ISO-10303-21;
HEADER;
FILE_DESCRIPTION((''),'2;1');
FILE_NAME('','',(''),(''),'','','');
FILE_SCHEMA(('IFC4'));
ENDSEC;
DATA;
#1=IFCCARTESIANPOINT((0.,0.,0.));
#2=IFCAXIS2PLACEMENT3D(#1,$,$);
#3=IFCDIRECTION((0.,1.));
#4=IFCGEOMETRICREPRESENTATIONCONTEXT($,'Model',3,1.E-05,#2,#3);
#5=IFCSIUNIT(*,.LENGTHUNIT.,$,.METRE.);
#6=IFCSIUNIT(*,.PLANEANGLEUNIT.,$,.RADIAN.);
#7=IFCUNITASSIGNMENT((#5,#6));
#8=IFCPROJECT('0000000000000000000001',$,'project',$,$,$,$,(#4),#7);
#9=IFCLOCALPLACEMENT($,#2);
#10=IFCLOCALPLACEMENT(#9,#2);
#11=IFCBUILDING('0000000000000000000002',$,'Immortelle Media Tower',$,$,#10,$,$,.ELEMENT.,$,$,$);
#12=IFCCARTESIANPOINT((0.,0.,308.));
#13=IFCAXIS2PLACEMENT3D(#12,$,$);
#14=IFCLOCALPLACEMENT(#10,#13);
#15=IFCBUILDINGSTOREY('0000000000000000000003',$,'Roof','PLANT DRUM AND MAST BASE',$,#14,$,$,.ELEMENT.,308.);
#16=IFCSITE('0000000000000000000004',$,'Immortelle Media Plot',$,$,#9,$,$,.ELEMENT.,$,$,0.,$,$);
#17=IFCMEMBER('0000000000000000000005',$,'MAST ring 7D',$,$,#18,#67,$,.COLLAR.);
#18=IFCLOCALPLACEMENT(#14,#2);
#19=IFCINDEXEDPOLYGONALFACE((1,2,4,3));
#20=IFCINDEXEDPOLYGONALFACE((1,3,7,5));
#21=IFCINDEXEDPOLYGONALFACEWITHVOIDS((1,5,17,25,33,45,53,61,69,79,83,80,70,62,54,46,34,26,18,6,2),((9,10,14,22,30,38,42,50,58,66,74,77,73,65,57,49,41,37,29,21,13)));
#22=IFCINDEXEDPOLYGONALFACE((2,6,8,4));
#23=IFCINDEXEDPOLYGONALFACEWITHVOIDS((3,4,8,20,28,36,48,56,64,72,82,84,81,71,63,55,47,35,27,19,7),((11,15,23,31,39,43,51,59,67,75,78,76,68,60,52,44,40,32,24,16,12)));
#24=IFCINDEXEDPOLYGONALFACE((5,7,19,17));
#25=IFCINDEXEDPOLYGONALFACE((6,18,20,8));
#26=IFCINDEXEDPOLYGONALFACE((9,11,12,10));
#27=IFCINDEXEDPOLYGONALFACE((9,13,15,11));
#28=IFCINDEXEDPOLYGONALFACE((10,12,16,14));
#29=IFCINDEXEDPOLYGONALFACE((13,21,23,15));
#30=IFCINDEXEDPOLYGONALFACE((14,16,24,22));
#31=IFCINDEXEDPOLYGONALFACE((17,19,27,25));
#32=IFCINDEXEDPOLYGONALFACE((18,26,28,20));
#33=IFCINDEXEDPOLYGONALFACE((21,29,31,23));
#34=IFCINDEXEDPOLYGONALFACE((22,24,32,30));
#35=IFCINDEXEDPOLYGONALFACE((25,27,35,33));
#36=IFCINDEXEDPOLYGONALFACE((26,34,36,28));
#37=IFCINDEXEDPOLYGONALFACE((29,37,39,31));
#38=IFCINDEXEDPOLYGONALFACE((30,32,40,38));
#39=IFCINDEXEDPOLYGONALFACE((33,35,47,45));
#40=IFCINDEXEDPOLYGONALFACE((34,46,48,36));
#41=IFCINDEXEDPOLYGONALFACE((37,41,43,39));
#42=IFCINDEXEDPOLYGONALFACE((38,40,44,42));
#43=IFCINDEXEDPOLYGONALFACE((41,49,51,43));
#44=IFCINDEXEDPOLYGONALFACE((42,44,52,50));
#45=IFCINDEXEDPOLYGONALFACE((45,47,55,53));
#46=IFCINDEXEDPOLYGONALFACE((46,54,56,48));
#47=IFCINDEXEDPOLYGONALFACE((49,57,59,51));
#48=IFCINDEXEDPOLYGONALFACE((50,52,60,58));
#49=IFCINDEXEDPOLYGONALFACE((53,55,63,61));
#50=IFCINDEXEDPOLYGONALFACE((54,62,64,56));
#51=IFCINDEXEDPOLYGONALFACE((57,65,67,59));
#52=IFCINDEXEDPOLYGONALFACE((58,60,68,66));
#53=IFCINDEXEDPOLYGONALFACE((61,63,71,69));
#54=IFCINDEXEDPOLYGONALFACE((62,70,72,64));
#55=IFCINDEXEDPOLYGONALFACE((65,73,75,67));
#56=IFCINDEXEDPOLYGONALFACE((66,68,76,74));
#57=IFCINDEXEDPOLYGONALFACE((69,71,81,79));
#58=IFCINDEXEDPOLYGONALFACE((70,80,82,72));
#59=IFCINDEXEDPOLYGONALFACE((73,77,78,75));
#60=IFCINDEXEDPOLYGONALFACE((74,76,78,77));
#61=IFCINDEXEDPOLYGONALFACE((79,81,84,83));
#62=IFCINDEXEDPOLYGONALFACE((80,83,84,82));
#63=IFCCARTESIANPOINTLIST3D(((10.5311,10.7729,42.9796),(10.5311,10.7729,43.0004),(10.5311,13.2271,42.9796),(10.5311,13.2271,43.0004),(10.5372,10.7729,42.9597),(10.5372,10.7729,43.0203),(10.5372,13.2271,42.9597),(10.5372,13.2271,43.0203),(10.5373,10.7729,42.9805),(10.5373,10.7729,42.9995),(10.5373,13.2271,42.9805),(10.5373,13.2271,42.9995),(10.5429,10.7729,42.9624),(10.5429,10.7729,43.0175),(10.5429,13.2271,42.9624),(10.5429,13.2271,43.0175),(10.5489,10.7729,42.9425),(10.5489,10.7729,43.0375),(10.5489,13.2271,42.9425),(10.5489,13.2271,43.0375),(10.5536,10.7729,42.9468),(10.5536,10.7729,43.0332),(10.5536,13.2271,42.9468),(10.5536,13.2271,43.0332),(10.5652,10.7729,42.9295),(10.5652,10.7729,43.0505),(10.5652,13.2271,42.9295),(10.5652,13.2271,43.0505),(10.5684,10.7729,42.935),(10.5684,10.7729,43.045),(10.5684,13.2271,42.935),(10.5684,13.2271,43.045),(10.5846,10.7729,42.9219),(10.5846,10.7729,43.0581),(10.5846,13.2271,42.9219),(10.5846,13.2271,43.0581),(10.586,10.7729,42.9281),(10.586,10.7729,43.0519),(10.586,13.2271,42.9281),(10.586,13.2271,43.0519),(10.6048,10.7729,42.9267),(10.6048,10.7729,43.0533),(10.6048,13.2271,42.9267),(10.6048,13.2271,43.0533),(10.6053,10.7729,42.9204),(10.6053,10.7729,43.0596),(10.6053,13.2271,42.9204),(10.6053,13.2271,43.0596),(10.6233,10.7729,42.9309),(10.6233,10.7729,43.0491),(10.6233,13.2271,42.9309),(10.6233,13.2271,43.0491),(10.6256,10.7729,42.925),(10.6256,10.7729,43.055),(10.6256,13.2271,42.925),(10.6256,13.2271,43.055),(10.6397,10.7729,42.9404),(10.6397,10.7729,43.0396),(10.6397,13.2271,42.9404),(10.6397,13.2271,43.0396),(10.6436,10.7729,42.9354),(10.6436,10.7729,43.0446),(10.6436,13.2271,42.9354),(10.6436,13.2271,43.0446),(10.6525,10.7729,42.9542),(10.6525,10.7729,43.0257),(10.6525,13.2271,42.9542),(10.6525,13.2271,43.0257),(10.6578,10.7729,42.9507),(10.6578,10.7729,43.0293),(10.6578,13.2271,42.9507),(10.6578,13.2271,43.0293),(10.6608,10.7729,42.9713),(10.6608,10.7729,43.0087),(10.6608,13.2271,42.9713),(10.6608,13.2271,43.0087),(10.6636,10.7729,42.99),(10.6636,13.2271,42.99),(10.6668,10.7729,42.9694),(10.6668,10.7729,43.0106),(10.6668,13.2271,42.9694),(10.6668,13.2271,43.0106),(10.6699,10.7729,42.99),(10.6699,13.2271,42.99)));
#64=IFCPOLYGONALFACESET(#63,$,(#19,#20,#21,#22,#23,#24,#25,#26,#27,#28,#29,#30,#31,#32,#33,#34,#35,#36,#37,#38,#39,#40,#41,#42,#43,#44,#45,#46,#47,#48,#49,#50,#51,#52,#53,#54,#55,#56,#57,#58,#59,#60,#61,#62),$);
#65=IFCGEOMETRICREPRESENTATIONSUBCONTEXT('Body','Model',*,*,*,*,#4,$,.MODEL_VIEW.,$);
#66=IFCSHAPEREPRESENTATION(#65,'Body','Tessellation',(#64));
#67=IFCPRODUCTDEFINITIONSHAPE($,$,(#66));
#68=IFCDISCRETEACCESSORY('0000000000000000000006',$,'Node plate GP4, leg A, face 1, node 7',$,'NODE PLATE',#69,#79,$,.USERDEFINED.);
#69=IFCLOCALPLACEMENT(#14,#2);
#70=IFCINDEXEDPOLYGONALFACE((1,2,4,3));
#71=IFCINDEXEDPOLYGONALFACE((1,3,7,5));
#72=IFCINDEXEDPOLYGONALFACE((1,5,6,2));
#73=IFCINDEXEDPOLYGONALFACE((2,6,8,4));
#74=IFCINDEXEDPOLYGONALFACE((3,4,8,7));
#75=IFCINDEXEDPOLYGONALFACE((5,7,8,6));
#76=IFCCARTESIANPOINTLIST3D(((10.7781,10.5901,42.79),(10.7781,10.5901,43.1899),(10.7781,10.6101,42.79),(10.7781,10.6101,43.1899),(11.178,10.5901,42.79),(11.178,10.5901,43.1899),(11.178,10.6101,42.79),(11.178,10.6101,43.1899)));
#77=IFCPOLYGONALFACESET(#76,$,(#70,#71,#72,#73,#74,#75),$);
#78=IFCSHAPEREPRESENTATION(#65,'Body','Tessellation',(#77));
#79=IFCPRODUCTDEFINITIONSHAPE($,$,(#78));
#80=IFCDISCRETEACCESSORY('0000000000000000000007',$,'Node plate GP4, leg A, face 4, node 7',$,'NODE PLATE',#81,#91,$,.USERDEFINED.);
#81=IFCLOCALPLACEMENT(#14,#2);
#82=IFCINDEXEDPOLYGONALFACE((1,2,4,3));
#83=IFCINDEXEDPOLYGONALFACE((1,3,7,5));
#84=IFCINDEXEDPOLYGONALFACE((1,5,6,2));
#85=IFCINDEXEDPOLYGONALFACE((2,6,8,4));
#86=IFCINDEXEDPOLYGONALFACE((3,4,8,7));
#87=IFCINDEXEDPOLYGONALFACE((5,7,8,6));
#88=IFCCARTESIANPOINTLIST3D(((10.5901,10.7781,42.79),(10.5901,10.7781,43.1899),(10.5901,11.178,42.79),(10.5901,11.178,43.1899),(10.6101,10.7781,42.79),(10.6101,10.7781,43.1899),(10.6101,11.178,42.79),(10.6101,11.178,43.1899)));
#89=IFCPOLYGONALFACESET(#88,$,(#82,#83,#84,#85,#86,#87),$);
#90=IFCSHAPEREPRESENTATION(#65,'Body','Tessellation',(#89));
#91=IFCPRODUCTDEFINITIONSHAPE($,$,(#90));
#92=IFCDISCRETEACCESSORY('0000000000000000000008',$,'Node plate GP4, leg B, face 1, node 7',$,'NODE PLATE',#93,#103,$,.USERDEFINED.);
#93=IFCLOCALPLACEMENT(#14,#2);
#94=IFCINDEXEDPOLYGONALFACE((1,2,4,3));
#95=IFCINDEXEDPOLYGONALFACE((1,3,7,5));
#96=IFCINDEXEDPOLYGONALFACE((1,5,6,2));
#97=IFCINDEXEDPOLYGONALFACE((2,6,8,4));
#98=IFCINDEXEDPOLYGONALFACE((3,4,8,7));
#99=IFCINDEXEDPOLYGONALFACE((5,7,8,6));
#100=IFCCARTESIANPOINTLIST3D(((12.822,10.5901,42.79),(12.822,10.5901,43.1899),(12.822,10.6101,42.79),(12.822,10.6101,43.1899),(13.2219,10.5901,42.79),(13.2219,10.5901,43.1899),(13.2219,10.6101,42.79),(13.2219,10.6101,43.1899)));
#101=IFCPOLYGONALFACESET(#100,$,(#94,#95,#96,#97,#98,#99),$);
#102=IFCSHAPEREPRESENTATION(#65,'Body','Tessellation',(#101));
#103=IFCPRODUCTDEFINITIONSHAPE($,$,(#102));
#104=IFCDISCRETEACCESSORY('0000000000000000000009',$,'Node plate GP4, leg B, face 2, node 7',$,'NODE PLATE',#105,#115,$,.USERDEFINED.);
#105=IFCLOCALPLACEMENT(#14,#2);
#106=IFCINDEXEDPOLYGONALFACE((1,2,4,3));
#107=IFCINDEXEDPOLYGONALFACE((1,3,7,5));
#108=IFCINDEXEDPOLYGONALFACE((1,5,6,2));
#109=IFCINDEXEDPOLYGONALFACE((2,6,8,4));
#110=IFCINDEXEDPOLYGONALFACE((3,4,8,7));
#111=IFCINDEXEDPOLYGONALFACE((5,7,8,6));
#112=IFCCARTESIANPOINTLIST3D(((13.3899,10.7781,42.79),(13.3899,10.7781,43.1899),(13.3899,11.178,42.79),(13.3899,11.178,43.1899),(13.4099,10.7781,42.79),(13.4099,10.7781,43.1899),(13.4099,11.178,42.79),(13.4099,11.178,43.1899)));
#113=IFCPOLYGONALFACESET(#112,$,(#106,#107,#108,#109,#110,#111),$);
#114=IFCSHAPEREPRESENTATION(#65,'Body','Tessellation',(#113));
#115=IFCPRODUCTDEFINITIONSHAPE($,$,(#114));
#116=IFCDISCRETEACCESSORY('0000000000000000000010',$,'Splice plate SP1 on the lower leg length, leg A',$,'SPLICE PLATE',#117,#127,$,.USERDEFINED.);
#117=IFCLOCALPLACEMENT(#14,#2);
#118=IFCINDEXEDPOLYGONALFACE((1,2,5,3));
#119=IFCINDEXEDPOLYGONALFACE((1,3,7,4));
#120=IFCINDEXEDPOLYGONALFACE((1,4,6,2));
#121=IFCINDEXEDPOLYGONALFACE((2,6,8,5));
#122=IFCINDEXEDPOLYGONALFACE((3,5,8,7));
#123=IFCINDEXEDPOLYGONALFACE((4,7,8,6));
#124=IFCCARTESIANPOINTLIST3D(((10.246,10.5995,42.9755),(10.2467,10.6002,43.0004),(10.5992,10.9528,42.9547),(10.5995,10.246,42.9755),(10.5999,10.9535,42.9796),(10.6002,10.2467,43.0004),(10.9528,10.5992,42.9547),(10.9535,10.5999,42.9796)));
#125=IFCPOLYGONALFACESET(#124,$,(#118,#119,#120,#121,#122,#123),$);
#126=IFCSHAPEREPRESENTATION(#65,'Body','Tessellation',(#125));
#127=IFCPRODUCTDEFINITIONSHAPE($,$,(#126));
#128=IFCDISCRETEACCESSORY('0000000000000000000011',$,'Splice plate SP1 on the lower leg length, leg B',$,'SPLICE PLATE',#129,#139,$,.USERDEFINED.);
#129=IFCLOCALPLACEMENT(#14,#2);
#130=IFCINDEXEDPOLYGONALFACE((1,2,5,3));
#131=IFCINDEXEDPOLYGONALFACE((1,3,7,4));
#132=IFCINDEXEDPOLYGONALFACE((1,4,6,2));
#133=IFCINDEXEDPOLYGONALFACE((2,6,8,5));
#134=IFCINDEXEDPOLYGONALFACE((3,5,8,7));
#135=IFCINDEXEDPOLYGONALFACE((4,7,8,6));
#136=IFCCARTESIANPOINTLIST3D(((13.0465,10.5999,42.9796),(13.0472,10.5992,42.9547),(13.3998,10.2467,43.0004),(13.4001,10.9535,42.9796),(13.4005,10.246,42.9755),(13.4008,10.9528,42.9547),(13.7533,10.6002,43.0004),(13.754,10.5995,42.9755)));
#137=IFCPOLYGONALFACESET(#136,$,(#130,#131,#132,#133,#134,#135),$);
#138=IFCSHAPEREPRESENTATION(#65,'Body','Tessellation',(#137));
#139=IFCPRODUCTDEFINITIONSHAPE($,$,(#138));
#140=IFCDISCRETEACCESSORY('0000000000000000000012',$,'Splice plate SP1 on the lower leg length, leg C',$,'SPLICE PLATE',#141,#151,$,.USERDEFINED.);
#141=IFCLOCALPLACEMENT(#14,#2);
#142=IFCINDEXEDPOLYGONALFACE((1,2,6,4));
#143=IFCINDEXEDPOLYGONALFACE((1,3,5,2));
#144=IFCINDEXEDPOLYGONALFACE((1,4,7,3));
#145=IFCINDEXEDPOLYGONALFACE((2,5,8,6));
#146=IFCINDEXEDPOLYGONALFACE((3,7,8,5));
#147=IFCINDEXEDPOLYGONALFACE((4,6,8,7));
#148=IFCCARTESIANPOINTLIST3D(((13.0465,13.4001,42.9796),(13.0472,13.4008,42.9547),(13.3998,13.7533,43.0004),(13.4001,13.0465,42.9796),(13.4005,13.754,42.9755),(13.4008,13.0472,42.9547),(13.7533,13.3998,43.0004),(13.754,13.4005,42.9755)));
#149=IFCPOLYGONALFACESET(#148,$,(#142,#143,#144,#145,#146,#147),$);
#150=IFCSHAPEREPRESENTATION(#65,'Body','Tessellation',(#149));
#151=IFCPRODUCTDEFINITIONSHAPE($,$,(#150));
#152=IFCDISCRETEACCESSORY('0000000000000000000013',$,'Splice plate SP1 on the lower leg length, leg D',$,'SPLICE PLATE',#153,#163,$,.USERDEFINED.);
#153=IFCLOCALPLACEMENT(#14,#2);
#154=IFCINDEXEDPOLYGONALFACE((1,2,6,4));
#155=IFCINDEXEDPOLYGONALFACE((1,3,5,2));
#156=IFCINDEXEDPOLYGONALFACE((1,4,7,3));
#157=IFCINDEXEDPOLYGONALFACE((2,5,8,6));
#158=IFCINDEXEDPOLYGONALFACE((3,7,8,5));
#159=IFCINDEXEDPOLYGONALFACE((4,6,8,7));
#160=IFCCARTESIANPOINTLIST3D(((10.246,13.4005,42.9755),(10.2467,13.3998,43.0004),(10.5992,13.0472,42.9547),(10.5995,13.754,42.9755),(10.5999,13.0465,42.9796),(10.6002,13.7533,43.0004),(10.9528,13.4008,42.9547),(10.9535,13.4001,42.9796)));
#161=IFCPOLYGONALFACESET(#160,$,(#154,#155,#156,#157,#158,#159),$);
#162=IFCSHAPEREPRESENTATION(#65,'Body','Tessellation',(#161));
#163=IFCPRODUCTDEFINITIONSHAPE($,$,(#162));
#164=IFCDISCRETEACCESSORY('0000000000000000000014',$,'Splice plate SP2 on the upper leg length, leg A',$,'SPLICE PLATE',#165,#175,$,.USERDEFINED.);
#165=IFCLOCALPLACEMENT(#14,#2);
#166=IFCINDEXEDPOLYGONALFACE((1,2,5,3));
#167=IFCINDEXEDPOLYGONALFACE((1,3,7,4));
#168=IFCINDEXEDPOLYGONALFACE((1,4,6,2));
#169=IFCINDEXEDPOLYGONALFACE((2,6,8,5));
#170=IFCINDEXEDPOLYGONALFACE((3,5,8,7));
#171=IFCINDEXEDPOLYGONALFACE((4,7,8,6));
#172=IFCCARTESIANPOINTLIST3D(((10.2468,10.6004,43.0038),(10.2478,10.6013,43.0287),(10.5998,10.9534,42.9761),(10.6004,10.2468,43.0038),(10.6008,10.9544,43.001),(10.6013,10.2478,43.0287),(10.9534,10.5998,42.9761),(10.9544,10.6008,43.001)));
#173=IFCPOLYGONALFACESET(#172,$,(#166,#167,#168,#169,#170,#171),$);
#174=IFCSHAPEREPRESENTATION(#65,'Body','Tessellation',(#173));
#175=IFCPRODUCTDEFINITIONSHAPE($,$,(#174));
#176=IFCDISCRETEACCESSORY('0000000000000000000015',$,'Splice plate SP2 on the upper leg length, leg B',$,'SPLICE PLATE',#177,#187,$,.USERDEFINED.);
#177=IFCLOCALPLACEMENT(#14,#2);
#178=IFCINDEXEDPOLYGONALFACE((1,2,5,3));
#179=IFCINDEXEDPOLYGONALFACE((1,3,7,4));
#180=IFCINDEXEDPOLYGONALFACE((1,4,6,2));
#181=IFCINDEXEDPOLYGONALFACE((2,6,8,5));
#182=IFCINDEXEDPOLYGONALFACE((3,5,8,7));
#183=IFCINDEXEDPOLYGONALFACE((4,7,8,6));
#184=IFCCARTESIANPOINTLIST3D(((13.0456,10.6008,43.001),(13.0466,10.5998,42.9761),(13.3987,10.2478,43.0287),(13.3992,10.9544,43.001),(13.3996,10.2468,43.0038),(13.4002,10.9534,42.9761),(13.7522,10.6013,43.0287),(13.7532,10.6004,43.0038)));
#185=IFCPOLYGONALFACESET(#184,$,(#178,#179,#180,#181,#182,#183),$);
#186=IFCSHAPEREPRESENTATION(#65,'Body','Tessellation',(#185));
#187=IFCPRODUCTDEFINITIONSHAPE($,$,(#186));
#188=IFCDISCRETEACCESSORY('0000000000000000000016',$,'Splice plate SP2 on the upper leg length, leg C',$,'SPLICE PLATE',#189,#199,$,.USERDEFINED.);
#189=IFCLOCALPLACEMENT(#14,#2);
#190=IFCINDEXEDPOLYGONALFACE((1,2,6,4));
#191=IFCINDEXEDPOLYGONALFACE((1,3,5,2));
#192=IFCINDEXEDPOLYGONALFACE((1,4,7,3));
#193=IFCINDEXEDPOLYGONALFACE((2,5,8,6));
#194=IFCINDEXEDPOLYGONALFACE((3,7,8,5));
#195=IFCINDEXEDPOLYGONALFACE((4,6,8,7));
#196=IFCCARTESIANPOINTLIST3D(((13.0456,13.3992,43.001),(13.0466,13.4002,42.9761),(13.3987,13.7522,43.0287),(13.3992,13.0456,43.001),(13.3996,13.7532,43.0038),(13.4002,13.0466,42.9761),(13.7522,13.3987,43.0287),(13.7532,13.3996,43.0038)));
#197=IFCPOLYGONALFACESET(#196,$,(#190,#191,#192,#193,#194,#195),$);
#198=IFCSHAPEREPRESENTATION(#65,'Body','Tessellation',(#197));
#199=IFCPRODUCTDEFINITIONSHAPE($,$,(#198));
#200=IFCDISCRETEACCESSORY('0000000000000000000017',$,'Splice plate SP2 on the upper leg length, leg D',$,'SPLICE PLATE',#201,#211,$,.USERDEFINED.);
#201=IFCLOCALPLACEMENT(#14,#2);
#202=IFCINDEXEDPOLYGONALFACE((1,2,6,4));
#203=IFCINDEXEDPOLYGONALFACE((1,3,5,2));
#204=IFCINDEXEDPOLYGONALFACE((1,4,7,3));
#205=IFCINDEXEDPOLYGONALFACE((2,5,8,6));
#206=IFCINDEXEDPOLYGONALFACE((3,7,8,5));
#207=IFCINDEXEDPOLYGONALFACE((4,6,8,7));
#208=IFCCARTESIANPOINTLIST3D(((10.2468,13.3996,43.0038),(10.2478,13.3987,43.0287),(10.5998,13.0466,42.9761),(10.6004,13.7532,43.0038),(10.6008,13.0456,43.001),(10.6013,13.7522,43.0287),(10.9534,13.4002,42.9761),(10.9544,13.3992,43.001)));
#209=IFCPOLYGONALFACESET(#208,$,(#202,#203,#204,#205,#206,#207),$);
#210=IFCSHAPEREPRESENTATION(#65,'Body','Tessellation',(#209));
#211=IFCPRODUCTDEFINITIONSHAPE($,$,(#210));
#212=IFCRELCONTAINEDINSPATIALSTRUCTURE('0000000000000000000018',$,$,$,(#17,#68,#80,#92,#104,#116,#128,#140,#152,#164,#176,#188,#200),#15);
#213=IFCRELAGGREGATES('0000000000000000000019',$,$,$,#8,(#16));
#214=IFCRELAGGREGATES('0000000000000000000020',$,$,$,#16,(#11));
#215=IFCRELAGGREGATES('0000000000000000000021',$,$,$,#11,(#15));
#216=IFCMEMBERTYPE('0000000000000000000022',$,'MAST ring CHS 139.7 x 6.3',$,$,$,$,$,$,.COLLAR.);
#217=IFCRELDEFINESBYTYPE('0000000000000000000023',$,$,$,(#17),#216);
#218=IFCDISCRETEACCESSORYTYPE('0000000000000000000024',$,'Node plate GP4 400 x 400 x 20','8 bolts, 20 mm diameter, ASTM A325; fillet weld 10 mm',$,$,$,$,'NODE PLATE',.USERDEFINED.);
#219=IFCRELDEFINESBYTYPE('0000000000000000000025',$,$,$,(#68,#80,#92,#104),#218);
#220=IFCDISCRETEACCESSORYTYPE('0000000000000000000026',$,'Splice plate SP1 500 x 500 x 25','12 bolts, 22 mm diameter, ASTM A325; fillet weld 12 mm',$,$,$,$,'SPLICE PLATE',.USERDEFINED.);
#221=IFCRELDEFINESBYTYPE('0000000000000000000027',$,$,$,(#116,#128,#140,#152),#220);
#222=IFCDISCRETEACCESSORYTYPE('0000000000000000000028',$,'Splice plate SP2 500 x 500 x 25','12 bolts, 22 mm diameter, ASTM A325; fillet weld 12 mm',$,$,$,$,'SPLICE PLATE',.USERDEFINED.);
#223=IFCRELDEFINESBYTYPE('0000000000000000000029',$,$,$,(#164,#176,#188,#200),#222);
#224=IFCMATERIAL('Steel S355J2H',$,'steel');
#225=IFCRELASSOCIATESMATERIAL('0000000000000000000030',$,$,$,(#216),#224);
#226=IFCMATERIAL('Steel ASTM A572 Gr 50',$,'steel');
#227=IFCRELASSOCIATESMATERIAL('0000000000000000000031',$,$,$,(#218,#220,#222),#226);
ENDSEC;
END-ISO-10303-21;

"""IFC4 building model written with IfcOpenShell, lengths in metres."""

from ifc_helpers import new_model, si_unit, direction, frame, origin, origin_2d, place, context, subcontext, project, spatial, rectangle, hollow_circle, extrude, material, material_profile, profile_set, type_object, element, save


model = new_model("IFC4")

# Units and contexts
model_context = context("Model", 3, precision=1e-05, world=origin(), true_north=direction((0.0, 1.0)))
body_context = subcontext(model_context, "Body", "Model", "MODEL_VIEW")
ifc_project = project(units=[si_unit("LENGTHUNIT", "METRE"), si_unit("PLANEANGLEUNIT", "RADIAN")], contexts=[model_context])

# Site, building, storey
site_placement = place(None, origin())
site = spatial("IfcSite", under=ifc_project, at=site_placement, Name="Immortelle Media Plot", CompositionType="ELEMENT", RefElevation=0.0)
building_placement = place(site_placement, origin())
building = spatial("IfcBuilding", under=site, at=building_placement, Name="Immortelle Media Tower", CompositionType="ELEMENT")
storey_placement = place(building_placement, frame((0.0, 0.0, 308.0)))
storey = spatial("IfcBuildingStorey", under=building, at=storey_placement, Name="Roof", Description="PLANT DRUM AND MAST BASE", CompositionType="ELEMENT", Elevation=308.0)

# Member
ifc_material_1 = material(Name="Steel S355J2H", Category="steel")
ifc_material_profile_1 = material_profile(ifc_material_1, hollow_circle(Radius=0.0698, WallThickness=0.0063, at=origin_2d()), Name="CHS 139.7 x 6.3")
ifc_profile_set_1 = profile_set([ifc_material_profile_1], Name="Steel S355J2H")
member_type_1 = type_object("IfcMemberType", Name="MAST ring CHS 139.7 x 6.3", PredefinedType="COLLAR", material=ifc_profile_set_1)
for number, where, z_axis, x_axis, name in (
    (1, (10.6001, 13.2271, 42.99), (0.0, -1.0, 0.0), (1.0, 0.0, 0.0), "MAST ring 7D"),
):
    element("IfcMember", number, at=place(storey_placement, frame(where, z_axis=z_axis, x_axis=x_axis)), inside=storey, type_object=member_type_1, Name=name, PredefinedType="COLLAR", context=body_context, shape_type="SweptSolid", body=[
        extrude(hollow_circle(Radius=0.0698, WallThickness=0.0063, at=origin_2d()), origin(), (0.0, 0.0, 1.0), 2.4541),
    ])

# Discrete accessories
ifc_material_2 = material(Name="Steel ASTM A572 Gr 50", Category="steel")
ifc_material_profile_2 = material_profile(ifc_material_2, rectangle(XDim=0.02, YDim=0.3999, at=origin_2d()), Name="PL 20 x 400")
ifc_profile_set_2 = profile_set([ifc_material_profile_2], Name="Steel ASTM A572 Gr 50")
discrete_accessory_type_1 = type_object("IfcDiscreteAccessoryType", Name="Node plate GP4 400 x 400 x 20", Description="8 bolts, 20 mm diameter, ASTM A325; fillet weld 10 mm", ElementType="NODE PLATE", PredefinedType="USERDEFINED", material=ifc_profile_set_2)
for number, where, z_axis, x_axis, name in (
    (2, (10.7781, 10.6001, 42.99), (1.0, 0.0, 0.0), (0.0, 1.0, 0.0), "Node plate GP4, leg A, face 1, node 7"),
    (3, (10.6001, 10.7781, 42.99), (0.0, 1.0, 0.0), (-1.0, 0.0, 0.0), "Node plate GP4, leg A, face 4, node 7"),
    (4, (13.2219, 10.6001, 42.99), (-1.0, 0.0, 0.0), (0.0, -1.0, 0.0), "Node plate GP4, leg B, face 1, node 7"),
    (5, (13.3999, 10.7781, 42.99), (0.0, 1.0, 0.0), (-1.0, 0.0, 0.0), "Node plate GP4, leg B, face 2, node 7"),
):
    element("IfcDiscreteAccessory", number, at=place(storey_placement, frame(where, z_axis=z_axis, x_axis=x_axis)), inside=storey, type_object=discrete_accessory_type_1, Name=name, ObjectType="NODE PLATE", PredefinedType="USERDEFINED", context=body_context, shape_type="SweptSolid", body=[
        extrude(rectangle(XDim=0.02, YDim=0.3999, at=origin_2d()), origin(), (0.0, 0.0, 1.0), 0.3999),
    ])
ifc_material_profile_3 = material_profile(ifc_material_2, rectangle(XDim=0.5, YDim=0.5, at=origin_2d()), Name="PL 500 x 500")
ifc_profile_set_3 = profile_set([ifc_material_profile_3], Name="Steel ASTM A572 Gr 50")
discrete_accessory_type_2 = type_object("IfcDiscreteAccessoryType", Name="Splice plate SP1 500 x 500 x 25", Description="12 bolts, 22 mm diameter, ASTM A325; fillet weld 12 mm", ElementType="SPLICE PLATE", PredefinedType="USERDEFINED", material=ifc_profile_set_3)
for number, where, z_axis, x_axis, name in (
    (6, (10.5994, 10.5994, 42.9651), (0.029386, 0.029386, 0.999136), (-0.707107, 0.707107, 0.0), "Splice plate SP1 on the lower leg length, leg A"),
    (7, (13.4006, 10.5994, 42.9651), (-0.029386, 0.029386, 0.999136), (-0.707107, -0.707107, 0.0), "Splice plate SP1 on the lower leg length, leg B"),
    (8, (13.4006, 13.4006, 42.9651), (-0.029386, -0.029386, 0.999136), (0.707107, -0.707107, 0.0), "Splice plate SP1 on the lower leg length, leg C"),
    (9, (10.5994, 13.4006, 42.9651), (0.029386, -0.029386, 0.999136), (0.707107, 0.707107, 0.0), "Splice plate SP1 on the lower leg length, leg D"),
):
    element("IfcDiscreteAccessory", number, at=place(storey_placement, frame(where, z_axis=z_axis, x_axis=x_axis)), inside=storey, type_object=discrete_accessory_type_2, Name=name, ObjectType="SPLICE PLATE", PredefinedType="USERDEFINED", context=body_context, shape_type="SweptSolid", body=[
        extrude(rectangle(XDim=0.5, YDim=0.5, at=origin_2d()), origin(), (0.0, 0.0, 1.0), 0.0249),
    ])
ifc_material_profile_4 = material_profile(ifc_material_2, rectangle(XDim=0.5, YDim=0.5, at=origin_2d()), Name="PL 500 x 500")
ifc_profile_set_4 = profile_set([ifc_material_profile_4], Name="Steel ASTM A572 Gr 50")
discrete_accessory_type_3 = type_object("IfcDiscreteAccessoryType", Name="Splice plate SP2 500 x 500 x 25", Description="12 bolts, 22 mm diameter, ASTM A325; fillet weld 12 mm", ElementType="SPLICE PLATE", PredefinedType="USERDEFINED", material=ifc_profile_set_4)
for number, where, z_axis, x_axis, name in (
    (10, (10.6001, 10.6001, 42.99), (0.039156, 0.039156, 0.998466), (-0.707107, 0.707107, 0.0), "Splice plate SP2 on the upper leg length, leg A"),
    (11, (13.3999, 10.6001, 42.99), (-0.039156, 0.039156, 0.998466), (-0.707107, -0.707107, 0.0), "Splice plate SP2 on the upper leg length, leg B"),
    (12, (13.3999, 13.3999, 42.99), (-0.039156, -0.039156, 0.998466), (0.707107, -0.707107, 0.0), "Splice plate SP2 on the upper leg length, leg C"),
    (13, (10.6001, 13.3999, 42.99), (0.039156, -0.039156, 0.998466), (0.707107, 0.707107, 0.0), "Splice plate SP2 on the upper leg length, leg D"),
):
    element("IfcDiscreteAccessory", number, at=place(storey_placement, frame(where, z_axis=z_axis, x_axis=x_axis)), inside=storey, type_object=discrete_accessory_type_3, Name=name, ObjectType="SPLICE PLATE", PredefinedType="USERDEFINED", context=body_context, shape_type="SweptSolid", body=[
        extrude(rectangle(XDim=0.5, YDim=0.5, at=origin_2d()), origin(), (0.0, 0.0, 1.0), 0.0249),
    ])

save(model, "model.ifc")
